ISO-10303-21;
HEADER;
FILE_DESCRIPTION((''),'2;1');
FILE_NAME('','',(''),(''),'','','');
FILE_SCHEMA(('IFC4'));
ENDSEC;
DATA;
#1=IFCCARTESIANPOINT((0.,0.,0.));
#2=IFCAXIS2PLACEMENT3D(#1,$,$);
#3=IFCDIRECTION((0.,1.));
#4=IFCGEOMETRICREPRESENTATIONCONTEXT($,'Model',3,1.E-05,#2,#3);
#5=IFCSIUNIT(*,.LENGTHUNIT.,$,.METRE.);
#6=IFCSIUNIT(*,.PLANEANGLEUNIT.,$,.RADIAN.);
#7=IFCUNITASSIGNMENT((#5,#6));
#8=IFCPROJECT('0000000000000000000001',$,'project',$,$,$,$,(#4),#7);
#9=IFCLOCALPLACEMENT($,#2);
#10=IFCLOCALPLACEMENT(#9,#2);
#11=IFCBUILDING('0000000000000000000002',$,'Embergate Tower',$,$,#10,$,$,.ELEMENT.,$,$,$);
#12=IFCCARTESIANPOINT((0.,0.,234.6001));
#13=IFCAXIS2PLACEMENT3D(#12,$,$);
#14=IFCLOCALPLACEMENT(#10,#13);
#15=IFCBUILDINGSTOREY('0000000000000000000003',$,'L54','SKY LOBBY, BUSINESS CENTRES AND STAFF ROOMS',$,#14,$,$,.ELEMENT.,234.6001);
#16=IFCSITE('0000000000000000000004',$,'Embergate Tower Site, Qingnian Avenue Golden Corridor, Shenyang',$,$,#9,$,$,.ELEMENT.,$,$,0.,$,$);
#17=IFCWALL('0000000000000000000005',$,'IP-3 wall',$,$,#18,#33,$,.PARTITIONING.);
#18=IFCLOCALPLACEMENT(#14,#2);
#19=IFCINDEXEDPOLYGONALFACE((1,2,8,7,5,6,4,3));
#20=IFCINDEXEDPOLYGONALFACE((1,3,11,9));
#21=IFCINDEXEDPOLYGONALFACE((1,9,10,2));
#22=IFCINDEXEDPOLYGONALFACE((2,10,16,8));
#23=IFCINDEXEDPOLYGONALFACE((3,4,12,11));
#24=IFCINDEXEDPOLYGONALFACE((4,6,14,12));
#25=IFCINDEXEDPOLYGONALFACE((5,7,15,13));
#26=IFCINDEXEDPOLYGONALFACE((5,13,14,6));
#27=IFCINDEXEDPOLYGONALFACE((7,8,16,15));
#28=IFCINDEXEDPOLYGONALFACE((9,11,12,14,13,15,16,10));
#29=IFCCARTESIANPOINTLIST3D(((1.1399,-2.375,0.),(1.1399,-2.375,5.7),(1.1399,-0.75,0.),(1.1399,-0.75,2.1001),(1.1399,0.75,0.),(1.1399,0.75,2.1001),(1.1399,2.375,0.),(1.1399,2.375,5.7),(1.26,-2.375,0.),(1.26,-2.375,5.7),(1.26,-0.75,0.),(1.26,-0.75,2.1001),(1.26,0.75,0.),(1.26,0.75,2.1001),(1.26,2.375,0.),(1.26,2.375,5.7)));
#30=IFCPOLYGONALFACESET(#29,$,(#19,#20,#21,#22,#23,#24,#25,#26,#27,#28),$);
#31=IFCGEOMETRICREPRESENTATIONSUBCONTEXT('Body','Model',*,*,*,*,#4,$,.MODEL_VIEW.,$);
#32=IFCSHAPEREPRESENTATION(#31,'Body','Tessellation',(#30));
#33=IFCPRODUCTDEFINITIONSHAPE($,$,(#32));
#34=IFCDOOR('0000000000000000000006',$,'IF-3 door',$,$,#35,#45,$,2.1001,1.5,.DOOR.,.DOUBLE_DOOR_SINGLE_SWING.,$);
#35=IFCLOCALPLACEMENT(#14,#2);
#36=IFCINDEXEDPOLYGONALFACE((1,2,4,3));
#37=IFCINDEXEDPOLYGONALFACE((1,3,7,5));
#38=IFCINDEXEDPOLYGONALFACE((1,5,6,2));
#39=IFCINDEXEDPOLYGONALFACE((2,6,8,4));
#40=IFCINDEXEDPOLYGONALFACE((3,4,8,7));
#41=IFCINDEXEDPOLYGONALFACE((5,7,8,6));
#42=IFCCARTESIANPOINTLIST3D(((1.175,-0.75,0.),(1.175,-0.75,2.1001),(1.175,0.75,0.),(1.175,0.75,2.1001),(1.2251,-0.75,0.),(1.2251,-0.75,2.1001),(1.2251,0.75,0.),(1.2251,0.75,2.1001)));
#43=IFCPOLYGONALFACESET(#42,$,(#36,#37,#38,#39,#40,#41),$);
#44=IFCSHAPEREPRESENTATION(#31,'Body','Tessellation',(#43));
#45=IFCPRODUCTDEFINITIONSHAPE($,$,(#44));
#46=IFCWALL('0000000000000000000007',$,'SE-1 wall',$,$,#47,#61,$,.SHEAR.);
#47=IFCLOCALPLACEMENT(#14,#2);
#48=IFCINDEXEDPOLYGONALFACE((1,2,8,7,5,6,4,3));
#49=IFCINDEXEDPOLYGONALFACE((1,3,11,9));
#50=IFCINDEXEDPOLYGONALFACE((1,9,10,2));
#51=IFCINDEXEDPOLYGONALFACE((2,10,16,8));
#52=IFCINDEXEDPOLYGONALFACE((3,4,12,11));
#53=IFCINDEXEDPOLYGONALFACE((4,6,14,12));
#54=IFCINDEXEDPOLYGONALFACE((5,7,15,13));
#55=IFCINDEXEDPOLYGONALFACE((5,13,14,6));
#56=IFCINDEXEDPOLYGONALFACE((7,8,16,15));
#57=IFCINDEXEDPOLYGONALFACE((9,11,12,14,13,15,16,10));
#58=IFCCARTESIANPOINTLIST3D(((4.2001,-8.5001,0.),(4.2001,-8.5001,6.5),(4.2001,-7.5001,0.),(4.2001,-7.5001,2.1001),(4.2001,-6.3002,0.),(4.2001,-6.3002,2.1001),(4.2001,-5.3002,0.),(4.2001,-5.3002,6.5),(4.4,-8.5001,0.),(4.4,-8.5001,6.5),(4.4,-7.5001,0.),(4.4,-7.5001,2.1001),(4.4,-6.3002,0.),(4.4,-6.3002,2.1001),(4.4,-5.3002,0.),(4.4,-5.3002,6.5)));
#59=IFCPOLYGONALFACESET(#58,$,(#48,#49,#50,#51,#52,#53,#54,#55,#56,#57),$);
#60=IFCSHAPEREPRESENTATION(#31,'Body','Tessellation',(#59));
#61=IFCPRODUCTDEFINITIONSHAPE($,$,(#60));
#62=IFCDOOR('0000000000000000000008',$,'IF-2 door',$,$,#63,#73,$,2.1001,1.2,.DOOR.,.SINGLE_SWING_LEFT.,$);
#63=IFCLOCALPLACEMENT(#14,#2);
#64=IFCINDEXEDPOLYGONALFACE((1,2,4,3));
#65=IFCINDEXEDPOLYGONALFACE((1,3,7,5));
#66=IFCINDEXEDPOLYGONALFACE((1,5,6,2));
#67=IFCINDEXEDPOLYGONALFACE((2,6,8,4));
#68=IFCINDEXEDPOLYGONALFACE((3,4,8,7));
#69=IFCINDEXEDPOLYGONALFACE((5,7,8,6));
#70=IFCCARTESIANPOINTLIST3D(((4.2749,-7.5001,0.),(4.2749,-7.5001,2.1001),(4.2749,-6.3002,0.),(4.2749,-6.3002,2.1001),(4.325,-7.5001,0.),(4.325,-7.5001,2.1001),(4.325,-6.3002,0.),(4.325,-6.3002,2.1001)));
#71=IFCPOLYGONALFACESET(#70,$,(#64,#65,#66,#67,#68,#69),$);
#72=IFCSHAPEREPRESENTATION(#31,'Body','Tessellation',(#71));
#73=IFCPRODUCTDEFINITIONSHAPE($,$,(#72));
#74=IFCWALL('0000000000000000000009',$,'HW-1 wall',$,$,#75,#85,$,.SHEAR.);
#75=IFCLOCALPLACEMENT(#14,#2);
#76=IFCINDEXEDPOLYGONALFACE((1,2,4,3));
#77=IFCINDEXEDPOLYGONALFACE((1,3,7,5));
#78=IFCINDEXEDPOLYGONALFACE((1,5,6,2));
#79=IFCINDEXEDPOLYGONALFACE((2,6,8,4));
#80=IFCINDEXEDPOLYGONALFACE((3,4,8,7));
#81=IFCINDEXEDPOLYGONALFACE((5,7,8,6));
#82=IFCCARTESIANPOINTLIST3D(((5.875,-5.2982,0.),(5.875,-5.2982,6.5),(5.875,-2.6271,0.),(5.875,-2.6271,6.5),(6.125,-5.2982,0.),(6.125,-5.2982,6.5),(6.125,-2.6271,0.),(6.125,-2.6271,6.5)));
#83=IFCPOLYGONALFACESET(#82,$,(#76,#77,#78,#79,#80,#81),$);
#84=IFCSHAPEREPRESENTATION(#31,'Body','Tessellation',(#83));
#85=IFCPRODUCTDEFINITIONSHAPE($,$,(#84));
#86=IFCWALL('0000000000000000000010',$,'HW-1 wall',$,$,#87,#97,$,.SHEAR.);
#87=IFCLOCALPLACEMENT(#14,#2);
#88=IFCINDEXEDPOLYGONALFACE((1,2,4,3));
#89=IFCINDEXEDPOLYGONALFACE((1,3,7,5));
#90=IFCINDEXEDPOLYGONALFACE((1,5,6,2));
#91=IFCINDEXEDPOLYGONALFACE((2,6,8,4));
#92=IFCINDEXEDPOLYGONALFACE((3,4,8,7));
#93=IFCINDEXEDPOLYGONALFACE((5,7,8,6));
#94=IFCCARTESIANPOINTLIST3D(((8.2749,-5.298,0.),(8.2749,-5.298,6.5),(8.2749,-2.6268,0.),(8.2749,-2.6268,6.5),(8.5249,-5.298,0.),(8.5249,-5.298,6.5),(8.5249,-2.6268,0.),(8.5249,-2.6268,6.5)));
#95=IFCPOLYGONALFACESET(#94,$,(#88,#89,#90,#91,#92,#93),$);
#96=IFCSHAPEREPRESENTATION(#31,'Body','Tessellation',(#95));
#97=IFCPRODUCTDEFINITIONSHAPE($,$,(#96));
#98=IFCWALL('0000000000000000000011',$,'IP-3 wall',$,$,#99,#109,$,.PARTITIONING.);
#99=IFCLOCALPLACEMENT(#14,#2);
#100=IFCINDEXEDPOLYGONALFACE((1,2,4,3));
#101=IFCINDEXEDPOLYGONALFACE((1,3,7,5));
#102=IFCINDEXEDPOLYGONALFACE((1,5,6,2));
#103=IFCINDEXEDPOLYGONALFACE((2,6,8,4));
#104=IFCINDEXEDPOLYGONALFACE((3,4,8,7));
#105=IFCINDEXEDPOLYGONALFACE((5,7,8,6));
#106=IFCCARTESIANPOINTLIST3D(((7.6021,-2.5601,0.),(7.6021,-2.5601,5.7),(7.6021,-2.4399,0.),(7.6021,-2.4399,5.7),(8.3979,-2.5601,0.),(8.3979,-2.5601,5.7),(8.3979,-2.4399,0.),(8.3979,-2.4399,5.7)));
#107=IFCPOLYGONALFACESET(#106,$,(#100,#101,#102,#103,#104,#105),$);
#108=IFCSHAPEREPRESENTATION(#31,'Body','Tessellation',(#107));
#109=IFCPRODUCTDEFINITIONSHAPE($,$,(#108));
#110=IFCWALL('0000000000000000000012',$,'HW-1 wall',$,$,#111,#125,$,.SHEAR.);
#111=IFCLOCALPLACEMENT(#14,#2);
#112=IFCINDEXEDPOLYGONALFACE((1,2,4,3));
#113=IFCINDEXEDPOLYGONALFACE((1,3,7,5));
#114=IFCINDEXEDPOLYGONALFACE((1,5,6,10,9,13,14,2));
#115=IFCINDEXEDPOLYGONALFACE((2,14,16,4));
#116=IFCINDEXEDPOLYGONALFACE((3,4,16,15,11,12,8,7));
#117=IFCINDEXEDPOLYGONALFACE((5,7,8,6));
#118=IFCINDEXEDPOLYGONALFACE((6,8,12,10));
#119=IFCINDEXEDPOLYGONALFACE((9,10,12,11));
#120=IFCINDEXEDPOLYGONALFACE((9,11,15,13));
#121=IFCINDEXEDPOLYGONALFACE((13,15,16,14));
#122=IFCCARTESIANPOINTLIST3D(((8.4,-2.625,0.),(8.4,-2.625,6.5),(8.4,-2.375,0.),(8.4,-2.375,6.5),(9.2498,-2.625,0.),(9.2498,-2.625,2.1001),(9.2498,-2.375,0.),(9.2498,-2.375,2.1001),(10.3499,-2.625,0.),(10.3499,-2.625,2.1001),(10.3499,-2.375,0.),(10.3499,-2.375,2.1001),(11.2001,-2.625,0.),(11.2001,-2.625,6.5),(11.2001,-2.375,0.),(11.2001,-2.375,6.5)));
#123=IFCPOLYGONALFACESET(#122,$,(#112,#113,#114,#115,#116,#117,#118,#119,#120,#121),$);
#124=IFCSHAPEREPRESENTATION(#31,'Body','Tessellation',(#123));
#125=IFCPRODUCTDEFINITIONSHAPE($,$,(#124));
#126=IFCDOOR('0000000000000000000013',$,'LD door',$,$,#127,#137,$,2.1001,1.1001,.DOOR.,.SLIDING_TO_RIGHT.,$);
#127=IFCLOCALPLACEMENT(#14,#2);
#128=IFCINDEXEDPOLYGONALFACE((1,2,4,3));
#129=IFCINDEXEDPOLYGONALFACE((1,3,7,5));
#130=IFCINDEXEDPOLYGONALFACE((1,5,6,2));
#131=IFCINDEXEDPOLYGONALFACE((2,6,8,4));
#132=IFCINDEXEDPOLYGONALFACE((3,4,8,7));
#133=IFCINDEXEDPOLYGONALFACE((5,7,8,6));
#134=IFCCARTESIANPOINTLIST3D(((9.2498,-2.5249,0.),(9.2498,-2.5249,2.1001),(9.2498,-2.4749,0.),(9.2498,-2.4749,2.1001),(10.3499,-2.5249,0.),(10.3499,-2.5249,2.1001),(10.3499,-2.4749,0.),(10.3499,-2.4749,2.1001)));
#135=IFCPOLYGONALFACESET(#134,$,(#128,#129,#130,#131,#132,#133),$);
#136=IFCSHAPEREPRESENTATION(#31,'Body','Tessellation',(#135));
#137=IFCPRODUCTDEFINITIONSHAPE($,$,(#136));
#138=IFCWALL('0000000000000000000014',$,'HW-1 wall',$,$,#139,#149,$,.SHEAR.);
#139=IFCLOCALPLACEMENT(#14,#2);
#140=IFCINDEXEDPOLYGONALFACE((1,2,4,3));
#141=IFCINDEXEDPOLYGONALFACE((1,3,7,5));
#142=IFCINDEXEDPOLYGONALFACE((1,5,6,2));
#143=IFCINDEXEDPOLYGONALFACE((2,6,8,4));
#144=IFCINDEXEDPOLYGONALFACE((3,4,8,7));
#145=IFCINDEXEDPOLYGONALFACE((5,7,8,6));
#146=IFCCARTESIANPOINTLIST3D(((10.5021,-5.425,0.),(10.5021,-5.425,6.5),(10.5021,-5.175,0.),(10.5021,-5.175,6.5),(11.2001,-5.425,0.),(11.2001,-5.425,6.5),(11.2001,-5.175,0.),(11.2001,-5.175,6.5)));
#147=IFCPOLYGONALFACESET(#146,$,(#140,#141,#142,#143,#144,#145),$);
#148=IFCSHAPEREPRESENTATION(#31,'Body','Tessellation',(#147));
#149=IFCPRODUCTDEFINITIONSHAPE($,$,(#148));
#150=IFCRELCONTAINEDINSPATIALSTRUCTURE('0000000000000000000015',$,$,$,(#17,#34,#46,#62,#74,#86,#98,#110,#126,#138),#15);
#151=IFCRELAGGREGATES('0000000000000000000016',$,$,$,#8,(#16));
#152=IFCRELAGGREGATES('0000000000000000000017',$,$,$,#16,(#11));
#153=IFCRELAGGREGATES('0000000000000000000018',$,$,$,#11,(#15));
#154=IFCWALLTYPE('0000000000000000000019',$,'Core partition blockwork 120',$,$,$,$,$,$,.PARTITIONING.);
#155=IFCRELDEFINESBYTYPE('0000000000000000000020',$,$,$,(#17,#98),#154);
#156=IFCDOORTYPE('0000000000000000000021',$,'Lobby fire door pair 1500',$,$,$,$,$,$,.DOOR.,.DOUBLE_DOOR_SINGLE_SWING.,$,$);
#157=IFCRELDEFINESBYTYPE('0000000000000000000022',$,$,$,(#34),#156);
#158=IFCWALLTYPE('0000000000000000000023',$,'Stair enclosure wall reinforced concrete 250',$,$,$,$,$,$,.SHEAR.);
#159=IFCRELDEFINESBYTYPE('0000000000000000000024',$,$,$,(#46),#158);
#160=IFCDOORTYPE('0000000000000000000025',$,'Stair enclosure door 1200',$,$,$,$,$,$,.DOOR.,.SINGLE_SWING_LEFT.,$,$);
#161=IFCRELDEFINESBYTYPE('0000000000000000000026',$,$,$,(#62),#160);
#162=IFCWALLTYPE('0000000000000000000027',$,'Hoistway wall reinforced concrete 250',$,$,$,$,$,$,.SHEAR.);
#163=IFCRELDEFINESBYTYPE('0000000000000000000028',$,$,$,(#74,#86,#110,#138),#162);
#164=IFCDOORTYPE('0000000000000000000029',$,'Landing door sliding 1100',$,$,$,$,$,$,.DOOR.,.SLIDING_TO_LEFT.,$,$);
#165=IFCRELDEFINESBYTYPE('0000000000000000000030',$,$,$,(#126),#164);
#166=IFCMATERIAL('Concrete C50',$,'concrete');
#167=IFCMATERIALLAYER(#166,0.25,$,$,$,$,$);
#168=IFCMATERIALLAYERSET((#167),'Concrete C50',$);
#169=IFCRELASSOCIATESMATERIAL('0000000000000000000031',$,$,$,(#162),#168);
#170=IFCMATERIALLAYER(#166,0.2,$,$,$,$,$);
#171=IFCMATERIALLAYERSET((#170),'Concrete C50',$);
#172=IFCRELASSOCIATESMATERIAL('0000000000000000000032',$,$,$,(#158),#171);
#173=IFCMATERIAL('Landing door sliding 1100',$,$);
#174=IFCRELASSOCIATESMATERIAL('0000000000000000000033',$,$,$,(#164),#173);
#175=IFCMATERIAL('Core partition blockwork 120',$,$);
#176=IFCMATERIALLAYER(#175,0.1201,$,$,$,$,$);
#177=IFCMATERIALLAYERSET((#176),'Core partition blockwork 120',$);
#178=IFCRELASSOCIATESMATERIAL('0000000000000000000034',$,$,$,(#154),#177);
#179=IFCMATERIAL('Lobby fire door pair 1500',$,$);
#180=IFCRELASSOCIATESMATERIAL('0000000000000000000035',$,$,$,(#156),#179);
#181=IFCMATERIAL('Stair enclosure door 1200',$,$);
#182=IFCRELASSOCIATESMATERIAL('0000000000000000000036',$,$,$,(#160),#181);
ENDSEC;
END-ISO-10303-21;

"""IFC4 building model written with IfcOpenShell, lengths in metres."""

from ifc_helpers import new_model, si_unit, direction, frame, frame_2d, origin, place, context, subcontext, project, spatial, rectangle, extrude, source, transform, mapped, material, layer, layer_set, type_object, element, fill, save


model = new_model("IFC4")

# Units and contexts
model_context = context("Model", 3, precision=1e-05, world=origin(), true_north=direction((0.0, 1.0)))
body_context = subcontext(model_context, "Body", "Model", "MODEL_VIEW")
ifc_project = project(units=[si_unit("LENGTHUNIT", "METRE"), si_unit("PLANEANGLEUNIT", "RADIAN")], contexts=[model_context])

# Site, building, storey
site_placement = place(None, origin())
site = spatial("IfcSite", under=ifc_project, at=site_placement, Name="Embergate Tower Site, Qingnian Avenue Golden Corridor, Shenyang", CompositionType="ELEMENT", RefElevation=0.0)
building_placement = place(site_placement, origin())
building = spatial("IfcBuilding", under=site, at=building_placement, Name="Embergate Tower", CompositionType="ELEMENT")
storey_placement = place(building_placement, frame((0.0, 0.0, 234.6001)))
storey = spatial("IfcBuildingStorey", under=building, at=storey_placement, Name="L54", Description="SKY LOBBY, BUSINESS CENTRES AND STAFF ROOMS", CompositionType="ELEMENT", Elevation=234.6001)

# Shared definitions
ifc_material_1 = material(Name="Concrete C50", Category="concrete")
ifc_layer_1 = layer(ifc_material_1, 0.25)
ifc_layer_set_1 = layer_set([ifc_layer_1], Name="Concrete C50")
wall_type_1 = type_object("IfcWallType", Name="Hoistway wall reinforced concrete 250", PredefinedType="SHEAR", material=ifc_layer_set_1)
ifc_layer_2 = layer(ifc_material_1, 0.2)
ifc_layer_set_2 = layer_set([ifc_layer_2], Name="Concrete C50")
wall_type_2 = type_object("IfcWallType", Name="Stair enclosure wall reinforced concrete 250", PredefinedType="SHEAR", material=ifc_layer_set_2)

# Shared definitions
shared_shape_1 = source(origin(), body_context, "Body", "SweptSolid", [
    extrude(rectangle(XDim=1.1001, YDim=2.1001, at=frame_2d((0.55, 1.05))), frame((0.0, 0.135, 0.0), z_axis=(0.0, -1.0, 0.0), x_axis=(1.0, 0.0, 0.0)), (0.0, 0.0, 1.0), 0.27),
])
ifc_material_2 = material(Name="Landing door sliding 1100")
door_type_1 = type_object("IfcDoorType", Name="Landing door sliding 1100", OperationType="SLIDING_TO_LEFT", PredefinedType="DOOR", material=ifc_material_2)
shared_shape_2 = source(origin(), body_context, "Body", "SweptSolid", [
    extrude(rectangle(XDim=1.1001, YDim=2.1001, at=frame_2d((0.55, 1.05))), frame((0.0, 0.0249, 0.0), z_axis=(0.0, -1.0, 0.0), x_axis=(1.0, 0.0, 0.0)), (0.0, 0.0, 1.0), 0.05),
])

# Walls, openings, doors
ifc_material_3 = material(Name="Core partition blockwork 120")
ifc_layer_3 = layer(ifc_material_3, 0.1201)
ifc_layer_set_3 = layer_set([ifc_layer_3], Name="Core partition blockwork 120")
wall_type_3 = type_object("IfcWallType", Name="Core partition blockwork 120", PredefinedType="PARTITIONING", material=ifc_layer_set_3)
shared_shape_3 = source(origin(), body_context, "Body", "SweptSolid", [
    extrude(rectangle(XDim=4.75, YDim=0.1201, at=frame_2d((2.375, 0.0))), origin(), (0.0, 0.0, 1.0), 5.7),
])
wall_1_placement = place(storey_placement, frame((1.2, -2.375, 0.0), z_axis=(0.0, 0.0, 1.0), x_axis=(0.0, 1.0, 0.0)))
wall_1 = element("IfcWall", 1, at=wall_1_placement, inside=storey, type_object=wall_type_3, Name="IP-3 wall", PredefinedType="PARTITIONING", context=body_context, shape_type="MappedRepresentation", body=[
    mapped(shared_shape_3, transform((0.0, 0.0, 0.0))),
])
shared_shape_4 = source(origin(), body_context, "Body", "SweptSolid", [
    extrude(rectangle(XDim=1.5, YDim=2.1001, at=frame_2d((0.75, 1.05))), frame((0.0, 0.0701, 0.0), z_axis=(0.0, -1.0, 0.0), x_axis=(1.0, 0.0, 0.0)), (0.0, 0.0, 1.0), 0.1401),
])
opening_1_placement = place(wall_1_placement, frame((1.625, 0.0, 0.0)))
opening_1 = element("IfcOpeningElement", 2, at=opening_1_placement, cuts=wall_1, PredefinedType="OPENING", context=body_context, shape_type="MappedRepresentation", body=[
    mapped(shared_shape_4, transform((0.0, 0.0, 0.0))),
])
ifc_material_4 = material(Name="Lobby fire door pair 1500")
door_type_2 = type_object("IfcDoorType", Name="Lobby fire door pair 1500", OperationType="DOUBLE_DOOR_SINGLE_SWING", PredefinedType="DOOR", material=ifc_material_4)
shared_shape_5 = source(origin(), body_context, "Body", "SweptSolid", [
    extrude(rectangle(XDim=1.5, YDim=2.1001, at=frame_2d((0.75, 1.05))), frame((0.0, 0.0249, 0.0), z_axis=(0.0, -1.0, 0.0), x_axis=(1.0, 0.0, 0.0)), (0.0, 0.0, 1.0), 0.05),
])
door_1_placement = place(opening_1_placement, origin())
door_1 = element("IfcDoor", 3, at=door_1_placement, inside=storey, type_object=door_type_2, Name="IF-3 door", OperationType="DOUBLE_DOOR_SINGLE_SWING", OverallHeight=2.1001, OverallWidth=1.5, PredefinedType="DOOR", context=body_context, shape_type="MappedRepresentation", body=[
    mapped(shared_shape_5, transform((0.0, 0.0, 0.0))),
])
fill(opening_1, door_1)
shared_shape_6 = source(origin(), body_context, "Body", "SweptSolid", [
    extrude(rectangle(XDim=3.2, YDim=0.2, at=frame_2d((1.6001, 0.0))), origin(), (0.0, 0.0, 1.0), 6.5),
])
wall_2_placement = place(storey_placement, frame((4.3, -5.3, 0.0), z_axis=(0.0, 0.0, 1.0), x_axis=(0.0, -1.0, 0.0)))
wall_2 = element("IfcWall", 4, at=wall_2_placement, inside=storey, type_object=wall_type_2, Name="SE-1 wall", PredefinedType="SHEAR", context=body_context, shape_type="MappedRepresentation", body=[
    mapped(shared_shape_6, transform((0.0, 0.0, 0.0))),
])
shared_shape_7 = source(origin(), body_context, "Body", "SweptSolid", [
    extrude(rectangle(XDim=1.2, YDim=2.1001, at=frame_2d((0.6001, 1.05))), frame((0.0, 0.1099, 0.0), z_axis=(0.0, -1.0, 0.0), x_axis=(1.0, 0.0, 0.0)), (0.0, 0.0, 1.0), 0.22),
])
opening_2_placement = place(wall_2_placement, frame((1.0, 0.0, 0.0)))
opening_2 = element("IfcOpeningElement", 5, at=opening_2_placement, cuts=wall_2, PredefinedType="OPENING", context=body_context, shape_type="MappedRepresentation", body=[
    mapped(shared_shape_7, transform((0.0, 0.0, 0.0))),
])
ifc_material_5 = material(Name="Stair enclosure door 1200")
door_type_3 = type_object("IfcDoorType", Name="Stair enclosure door 1200", OperationType="SINGLE_SWING_LEFT", PredefinedType="DOOR", material=ifc_material_5)
shared_shape_8 = source(origin(), body_context, "Body", "SweptSolid", [
    extrude(rectangle(XDim=1.2, YDim=2.1001, at=frame_2d((0.6001, 1.05))), frame((0.0, 0.0249, 0.0), z_axis=(0.0, -1.0, 0.0), x_axis=(1.0, 0.0, 0.0)), (0.0, 0.0, 1.0), 0.05),
])
door_2_placement = place(opening_2_placement, origin())
door_2 = element("IfcDoor", 6, at=door_2_placement, inside=storey, type_object=door_type_3, Name="IF-2 door", OperationType="SINGLE_SWING_LEFT", OverallHeight=2.1001, OverallWidth=1.2, PredefinedType="DOOR", context=body_context, shape_type="MappedRepresentation", body=[
    mapped(shared_shape_8, transform((0.0, 0.0, 0.0))),
])
fill(opening_2, door_2)

# Walls
shared_shape_9 = source(origin(), body_context, "Body", "SweptSolid", [
    extrude(rectangle(XDim=2.6711, YDim=0.25, at=frame_2d((1.3354, 0.0))), origin(), (0.0, 0.0, 1.0), 6.5),
])
for number, where, z_axis, x_axis, name in (
    (7, (6.0, -5.2981, 0.0), (0.0, 0.0, 1.0), (0.0, 1.0, 0.0), "HW-1 wall"),
    (8, (8.3999, -2.627, 0.0), (0.0, 0.0, 1.0), (0.0, -1.0, 0.0), "HW-1 wall"),
):
    element("IfcWall", number, at=place(storey_placement, frame(where, z_axis=z_axis, x_axis=x_axis)), inside=storey, type_object=wall_type_1, Name=name, PredefinedType="SHEAR", context=body_context, shape_type="MappedRepresentation", body=[
        mapped(shared_shape_9, transform((0.0, 0.0, 0.0))),
    ])
shared_shape_10 = source(origin(), body_context, "Body", "SweptSolid", [
    extrude(rectangle(XDim=0.7959, YDim=0.1201, at=frame_2d((0.3979, 0.0))), origin(), (0.0, 0.0, 1.0), 5.7),
])
wall_3_placement = place(storey_placement, frame((7.6021, -2.5, 0.0), z_axis=(0.0, 0.0, 1.0), x_axis=(1.0, 0.0, 0.0)))
element("IfcWall", 9, at=wall_3_placement, inside=storey, type_object=wall_type_3, Name="IP-3 wall", PredefinedType="PARTITIONING", context=body_context, shape_type="MappedRepresentation", body=[
    mapped(shared_shape_10, transform((0.0, 0.0, 0.0))),
])

# Wall, opening, door
shared_shape_11 = source(origin(), body_context, "Body", "SweptSolid", [
    extrude(rectangle(XDim=2.8, YDim=0.25, at=frame_2d((1.3999, 0.0))), origin(), (0.0, 0.0, 1.0), 6.5),
])
wall_4_placement = place(storey_placement, frame((11.2, -2.5, 0.0), z_axis=(0.0, 0.0, 1.0), x_axis=(-1.0, 0.0, 0.0)))
wall_4 = element("IfcWall", 10, at=wall_4_placement, inside=storey, type_object=wall_type_1, Name="HW-1 wall", PredefinedType="SHEAR", context=body_context, shape_type="MappedRepresentation", body=[
    mapped(shared_shape_11, transform((0.0, 0.0, 0.0))),
])
opening_3_placement = place(wall_4_placement, frame((0.8501, 0.0, 0.0)))
opening_3 = element("IfcOpeningElement", 11, at=opening_3_placement, cuts=wall_4, PredefinedType="OPENING", context=body_context, shape_type="MappedRepresentation", body=[
    mapped(shared_shape_1, transform((0.0, 0.0, 0.0))),
])
door_3_placement = place(opening_3_placement, origin())
door_3 = element("IfcDoor", 12, at=door_3_placement, inside=storey, type_object=door_type_1, Name="LD door", OperationType="SLIDING_TO_RIGHT", OverallHeight=2.1001, OverallWidth=1.1001, PredefinedType="DOOR", context=body_context, shape_type="MappedRepresentation", body=[
    mapped(shared_shape_2, transform((0.0, 0.0, 0.0))),
])
fill(opening_3, door_3)

# Wall
shared_shape_12 = source(origin(), body_context, "Body", "SweptSolid", [
    extrude(rectangle(XDim=0.698, YDim=0.25, at=frame_2d((0.3491, 0.0))), origin(), (0.0, 0.0, 1.0), 6.5),
])
wall_5_placement = place(storey_placement, frame((10.502, -5.3, 0.0), z_axis=(0.0, 0.0, 1.0), x_axis=(1.0, 0.0, 0.0)))
element("IfcWall", 13, at=wall_5_placement, inside=storey, type_object=wall_type_1, Name="HW-1 wall", PredefinedType="SHEAR", context=body_context, shape_type="MappedRepresentation", body=[
    mapped(shared_shape_12, transform((0.0, 0.0, 0.0))),
])

save(model, "model.ifc")
